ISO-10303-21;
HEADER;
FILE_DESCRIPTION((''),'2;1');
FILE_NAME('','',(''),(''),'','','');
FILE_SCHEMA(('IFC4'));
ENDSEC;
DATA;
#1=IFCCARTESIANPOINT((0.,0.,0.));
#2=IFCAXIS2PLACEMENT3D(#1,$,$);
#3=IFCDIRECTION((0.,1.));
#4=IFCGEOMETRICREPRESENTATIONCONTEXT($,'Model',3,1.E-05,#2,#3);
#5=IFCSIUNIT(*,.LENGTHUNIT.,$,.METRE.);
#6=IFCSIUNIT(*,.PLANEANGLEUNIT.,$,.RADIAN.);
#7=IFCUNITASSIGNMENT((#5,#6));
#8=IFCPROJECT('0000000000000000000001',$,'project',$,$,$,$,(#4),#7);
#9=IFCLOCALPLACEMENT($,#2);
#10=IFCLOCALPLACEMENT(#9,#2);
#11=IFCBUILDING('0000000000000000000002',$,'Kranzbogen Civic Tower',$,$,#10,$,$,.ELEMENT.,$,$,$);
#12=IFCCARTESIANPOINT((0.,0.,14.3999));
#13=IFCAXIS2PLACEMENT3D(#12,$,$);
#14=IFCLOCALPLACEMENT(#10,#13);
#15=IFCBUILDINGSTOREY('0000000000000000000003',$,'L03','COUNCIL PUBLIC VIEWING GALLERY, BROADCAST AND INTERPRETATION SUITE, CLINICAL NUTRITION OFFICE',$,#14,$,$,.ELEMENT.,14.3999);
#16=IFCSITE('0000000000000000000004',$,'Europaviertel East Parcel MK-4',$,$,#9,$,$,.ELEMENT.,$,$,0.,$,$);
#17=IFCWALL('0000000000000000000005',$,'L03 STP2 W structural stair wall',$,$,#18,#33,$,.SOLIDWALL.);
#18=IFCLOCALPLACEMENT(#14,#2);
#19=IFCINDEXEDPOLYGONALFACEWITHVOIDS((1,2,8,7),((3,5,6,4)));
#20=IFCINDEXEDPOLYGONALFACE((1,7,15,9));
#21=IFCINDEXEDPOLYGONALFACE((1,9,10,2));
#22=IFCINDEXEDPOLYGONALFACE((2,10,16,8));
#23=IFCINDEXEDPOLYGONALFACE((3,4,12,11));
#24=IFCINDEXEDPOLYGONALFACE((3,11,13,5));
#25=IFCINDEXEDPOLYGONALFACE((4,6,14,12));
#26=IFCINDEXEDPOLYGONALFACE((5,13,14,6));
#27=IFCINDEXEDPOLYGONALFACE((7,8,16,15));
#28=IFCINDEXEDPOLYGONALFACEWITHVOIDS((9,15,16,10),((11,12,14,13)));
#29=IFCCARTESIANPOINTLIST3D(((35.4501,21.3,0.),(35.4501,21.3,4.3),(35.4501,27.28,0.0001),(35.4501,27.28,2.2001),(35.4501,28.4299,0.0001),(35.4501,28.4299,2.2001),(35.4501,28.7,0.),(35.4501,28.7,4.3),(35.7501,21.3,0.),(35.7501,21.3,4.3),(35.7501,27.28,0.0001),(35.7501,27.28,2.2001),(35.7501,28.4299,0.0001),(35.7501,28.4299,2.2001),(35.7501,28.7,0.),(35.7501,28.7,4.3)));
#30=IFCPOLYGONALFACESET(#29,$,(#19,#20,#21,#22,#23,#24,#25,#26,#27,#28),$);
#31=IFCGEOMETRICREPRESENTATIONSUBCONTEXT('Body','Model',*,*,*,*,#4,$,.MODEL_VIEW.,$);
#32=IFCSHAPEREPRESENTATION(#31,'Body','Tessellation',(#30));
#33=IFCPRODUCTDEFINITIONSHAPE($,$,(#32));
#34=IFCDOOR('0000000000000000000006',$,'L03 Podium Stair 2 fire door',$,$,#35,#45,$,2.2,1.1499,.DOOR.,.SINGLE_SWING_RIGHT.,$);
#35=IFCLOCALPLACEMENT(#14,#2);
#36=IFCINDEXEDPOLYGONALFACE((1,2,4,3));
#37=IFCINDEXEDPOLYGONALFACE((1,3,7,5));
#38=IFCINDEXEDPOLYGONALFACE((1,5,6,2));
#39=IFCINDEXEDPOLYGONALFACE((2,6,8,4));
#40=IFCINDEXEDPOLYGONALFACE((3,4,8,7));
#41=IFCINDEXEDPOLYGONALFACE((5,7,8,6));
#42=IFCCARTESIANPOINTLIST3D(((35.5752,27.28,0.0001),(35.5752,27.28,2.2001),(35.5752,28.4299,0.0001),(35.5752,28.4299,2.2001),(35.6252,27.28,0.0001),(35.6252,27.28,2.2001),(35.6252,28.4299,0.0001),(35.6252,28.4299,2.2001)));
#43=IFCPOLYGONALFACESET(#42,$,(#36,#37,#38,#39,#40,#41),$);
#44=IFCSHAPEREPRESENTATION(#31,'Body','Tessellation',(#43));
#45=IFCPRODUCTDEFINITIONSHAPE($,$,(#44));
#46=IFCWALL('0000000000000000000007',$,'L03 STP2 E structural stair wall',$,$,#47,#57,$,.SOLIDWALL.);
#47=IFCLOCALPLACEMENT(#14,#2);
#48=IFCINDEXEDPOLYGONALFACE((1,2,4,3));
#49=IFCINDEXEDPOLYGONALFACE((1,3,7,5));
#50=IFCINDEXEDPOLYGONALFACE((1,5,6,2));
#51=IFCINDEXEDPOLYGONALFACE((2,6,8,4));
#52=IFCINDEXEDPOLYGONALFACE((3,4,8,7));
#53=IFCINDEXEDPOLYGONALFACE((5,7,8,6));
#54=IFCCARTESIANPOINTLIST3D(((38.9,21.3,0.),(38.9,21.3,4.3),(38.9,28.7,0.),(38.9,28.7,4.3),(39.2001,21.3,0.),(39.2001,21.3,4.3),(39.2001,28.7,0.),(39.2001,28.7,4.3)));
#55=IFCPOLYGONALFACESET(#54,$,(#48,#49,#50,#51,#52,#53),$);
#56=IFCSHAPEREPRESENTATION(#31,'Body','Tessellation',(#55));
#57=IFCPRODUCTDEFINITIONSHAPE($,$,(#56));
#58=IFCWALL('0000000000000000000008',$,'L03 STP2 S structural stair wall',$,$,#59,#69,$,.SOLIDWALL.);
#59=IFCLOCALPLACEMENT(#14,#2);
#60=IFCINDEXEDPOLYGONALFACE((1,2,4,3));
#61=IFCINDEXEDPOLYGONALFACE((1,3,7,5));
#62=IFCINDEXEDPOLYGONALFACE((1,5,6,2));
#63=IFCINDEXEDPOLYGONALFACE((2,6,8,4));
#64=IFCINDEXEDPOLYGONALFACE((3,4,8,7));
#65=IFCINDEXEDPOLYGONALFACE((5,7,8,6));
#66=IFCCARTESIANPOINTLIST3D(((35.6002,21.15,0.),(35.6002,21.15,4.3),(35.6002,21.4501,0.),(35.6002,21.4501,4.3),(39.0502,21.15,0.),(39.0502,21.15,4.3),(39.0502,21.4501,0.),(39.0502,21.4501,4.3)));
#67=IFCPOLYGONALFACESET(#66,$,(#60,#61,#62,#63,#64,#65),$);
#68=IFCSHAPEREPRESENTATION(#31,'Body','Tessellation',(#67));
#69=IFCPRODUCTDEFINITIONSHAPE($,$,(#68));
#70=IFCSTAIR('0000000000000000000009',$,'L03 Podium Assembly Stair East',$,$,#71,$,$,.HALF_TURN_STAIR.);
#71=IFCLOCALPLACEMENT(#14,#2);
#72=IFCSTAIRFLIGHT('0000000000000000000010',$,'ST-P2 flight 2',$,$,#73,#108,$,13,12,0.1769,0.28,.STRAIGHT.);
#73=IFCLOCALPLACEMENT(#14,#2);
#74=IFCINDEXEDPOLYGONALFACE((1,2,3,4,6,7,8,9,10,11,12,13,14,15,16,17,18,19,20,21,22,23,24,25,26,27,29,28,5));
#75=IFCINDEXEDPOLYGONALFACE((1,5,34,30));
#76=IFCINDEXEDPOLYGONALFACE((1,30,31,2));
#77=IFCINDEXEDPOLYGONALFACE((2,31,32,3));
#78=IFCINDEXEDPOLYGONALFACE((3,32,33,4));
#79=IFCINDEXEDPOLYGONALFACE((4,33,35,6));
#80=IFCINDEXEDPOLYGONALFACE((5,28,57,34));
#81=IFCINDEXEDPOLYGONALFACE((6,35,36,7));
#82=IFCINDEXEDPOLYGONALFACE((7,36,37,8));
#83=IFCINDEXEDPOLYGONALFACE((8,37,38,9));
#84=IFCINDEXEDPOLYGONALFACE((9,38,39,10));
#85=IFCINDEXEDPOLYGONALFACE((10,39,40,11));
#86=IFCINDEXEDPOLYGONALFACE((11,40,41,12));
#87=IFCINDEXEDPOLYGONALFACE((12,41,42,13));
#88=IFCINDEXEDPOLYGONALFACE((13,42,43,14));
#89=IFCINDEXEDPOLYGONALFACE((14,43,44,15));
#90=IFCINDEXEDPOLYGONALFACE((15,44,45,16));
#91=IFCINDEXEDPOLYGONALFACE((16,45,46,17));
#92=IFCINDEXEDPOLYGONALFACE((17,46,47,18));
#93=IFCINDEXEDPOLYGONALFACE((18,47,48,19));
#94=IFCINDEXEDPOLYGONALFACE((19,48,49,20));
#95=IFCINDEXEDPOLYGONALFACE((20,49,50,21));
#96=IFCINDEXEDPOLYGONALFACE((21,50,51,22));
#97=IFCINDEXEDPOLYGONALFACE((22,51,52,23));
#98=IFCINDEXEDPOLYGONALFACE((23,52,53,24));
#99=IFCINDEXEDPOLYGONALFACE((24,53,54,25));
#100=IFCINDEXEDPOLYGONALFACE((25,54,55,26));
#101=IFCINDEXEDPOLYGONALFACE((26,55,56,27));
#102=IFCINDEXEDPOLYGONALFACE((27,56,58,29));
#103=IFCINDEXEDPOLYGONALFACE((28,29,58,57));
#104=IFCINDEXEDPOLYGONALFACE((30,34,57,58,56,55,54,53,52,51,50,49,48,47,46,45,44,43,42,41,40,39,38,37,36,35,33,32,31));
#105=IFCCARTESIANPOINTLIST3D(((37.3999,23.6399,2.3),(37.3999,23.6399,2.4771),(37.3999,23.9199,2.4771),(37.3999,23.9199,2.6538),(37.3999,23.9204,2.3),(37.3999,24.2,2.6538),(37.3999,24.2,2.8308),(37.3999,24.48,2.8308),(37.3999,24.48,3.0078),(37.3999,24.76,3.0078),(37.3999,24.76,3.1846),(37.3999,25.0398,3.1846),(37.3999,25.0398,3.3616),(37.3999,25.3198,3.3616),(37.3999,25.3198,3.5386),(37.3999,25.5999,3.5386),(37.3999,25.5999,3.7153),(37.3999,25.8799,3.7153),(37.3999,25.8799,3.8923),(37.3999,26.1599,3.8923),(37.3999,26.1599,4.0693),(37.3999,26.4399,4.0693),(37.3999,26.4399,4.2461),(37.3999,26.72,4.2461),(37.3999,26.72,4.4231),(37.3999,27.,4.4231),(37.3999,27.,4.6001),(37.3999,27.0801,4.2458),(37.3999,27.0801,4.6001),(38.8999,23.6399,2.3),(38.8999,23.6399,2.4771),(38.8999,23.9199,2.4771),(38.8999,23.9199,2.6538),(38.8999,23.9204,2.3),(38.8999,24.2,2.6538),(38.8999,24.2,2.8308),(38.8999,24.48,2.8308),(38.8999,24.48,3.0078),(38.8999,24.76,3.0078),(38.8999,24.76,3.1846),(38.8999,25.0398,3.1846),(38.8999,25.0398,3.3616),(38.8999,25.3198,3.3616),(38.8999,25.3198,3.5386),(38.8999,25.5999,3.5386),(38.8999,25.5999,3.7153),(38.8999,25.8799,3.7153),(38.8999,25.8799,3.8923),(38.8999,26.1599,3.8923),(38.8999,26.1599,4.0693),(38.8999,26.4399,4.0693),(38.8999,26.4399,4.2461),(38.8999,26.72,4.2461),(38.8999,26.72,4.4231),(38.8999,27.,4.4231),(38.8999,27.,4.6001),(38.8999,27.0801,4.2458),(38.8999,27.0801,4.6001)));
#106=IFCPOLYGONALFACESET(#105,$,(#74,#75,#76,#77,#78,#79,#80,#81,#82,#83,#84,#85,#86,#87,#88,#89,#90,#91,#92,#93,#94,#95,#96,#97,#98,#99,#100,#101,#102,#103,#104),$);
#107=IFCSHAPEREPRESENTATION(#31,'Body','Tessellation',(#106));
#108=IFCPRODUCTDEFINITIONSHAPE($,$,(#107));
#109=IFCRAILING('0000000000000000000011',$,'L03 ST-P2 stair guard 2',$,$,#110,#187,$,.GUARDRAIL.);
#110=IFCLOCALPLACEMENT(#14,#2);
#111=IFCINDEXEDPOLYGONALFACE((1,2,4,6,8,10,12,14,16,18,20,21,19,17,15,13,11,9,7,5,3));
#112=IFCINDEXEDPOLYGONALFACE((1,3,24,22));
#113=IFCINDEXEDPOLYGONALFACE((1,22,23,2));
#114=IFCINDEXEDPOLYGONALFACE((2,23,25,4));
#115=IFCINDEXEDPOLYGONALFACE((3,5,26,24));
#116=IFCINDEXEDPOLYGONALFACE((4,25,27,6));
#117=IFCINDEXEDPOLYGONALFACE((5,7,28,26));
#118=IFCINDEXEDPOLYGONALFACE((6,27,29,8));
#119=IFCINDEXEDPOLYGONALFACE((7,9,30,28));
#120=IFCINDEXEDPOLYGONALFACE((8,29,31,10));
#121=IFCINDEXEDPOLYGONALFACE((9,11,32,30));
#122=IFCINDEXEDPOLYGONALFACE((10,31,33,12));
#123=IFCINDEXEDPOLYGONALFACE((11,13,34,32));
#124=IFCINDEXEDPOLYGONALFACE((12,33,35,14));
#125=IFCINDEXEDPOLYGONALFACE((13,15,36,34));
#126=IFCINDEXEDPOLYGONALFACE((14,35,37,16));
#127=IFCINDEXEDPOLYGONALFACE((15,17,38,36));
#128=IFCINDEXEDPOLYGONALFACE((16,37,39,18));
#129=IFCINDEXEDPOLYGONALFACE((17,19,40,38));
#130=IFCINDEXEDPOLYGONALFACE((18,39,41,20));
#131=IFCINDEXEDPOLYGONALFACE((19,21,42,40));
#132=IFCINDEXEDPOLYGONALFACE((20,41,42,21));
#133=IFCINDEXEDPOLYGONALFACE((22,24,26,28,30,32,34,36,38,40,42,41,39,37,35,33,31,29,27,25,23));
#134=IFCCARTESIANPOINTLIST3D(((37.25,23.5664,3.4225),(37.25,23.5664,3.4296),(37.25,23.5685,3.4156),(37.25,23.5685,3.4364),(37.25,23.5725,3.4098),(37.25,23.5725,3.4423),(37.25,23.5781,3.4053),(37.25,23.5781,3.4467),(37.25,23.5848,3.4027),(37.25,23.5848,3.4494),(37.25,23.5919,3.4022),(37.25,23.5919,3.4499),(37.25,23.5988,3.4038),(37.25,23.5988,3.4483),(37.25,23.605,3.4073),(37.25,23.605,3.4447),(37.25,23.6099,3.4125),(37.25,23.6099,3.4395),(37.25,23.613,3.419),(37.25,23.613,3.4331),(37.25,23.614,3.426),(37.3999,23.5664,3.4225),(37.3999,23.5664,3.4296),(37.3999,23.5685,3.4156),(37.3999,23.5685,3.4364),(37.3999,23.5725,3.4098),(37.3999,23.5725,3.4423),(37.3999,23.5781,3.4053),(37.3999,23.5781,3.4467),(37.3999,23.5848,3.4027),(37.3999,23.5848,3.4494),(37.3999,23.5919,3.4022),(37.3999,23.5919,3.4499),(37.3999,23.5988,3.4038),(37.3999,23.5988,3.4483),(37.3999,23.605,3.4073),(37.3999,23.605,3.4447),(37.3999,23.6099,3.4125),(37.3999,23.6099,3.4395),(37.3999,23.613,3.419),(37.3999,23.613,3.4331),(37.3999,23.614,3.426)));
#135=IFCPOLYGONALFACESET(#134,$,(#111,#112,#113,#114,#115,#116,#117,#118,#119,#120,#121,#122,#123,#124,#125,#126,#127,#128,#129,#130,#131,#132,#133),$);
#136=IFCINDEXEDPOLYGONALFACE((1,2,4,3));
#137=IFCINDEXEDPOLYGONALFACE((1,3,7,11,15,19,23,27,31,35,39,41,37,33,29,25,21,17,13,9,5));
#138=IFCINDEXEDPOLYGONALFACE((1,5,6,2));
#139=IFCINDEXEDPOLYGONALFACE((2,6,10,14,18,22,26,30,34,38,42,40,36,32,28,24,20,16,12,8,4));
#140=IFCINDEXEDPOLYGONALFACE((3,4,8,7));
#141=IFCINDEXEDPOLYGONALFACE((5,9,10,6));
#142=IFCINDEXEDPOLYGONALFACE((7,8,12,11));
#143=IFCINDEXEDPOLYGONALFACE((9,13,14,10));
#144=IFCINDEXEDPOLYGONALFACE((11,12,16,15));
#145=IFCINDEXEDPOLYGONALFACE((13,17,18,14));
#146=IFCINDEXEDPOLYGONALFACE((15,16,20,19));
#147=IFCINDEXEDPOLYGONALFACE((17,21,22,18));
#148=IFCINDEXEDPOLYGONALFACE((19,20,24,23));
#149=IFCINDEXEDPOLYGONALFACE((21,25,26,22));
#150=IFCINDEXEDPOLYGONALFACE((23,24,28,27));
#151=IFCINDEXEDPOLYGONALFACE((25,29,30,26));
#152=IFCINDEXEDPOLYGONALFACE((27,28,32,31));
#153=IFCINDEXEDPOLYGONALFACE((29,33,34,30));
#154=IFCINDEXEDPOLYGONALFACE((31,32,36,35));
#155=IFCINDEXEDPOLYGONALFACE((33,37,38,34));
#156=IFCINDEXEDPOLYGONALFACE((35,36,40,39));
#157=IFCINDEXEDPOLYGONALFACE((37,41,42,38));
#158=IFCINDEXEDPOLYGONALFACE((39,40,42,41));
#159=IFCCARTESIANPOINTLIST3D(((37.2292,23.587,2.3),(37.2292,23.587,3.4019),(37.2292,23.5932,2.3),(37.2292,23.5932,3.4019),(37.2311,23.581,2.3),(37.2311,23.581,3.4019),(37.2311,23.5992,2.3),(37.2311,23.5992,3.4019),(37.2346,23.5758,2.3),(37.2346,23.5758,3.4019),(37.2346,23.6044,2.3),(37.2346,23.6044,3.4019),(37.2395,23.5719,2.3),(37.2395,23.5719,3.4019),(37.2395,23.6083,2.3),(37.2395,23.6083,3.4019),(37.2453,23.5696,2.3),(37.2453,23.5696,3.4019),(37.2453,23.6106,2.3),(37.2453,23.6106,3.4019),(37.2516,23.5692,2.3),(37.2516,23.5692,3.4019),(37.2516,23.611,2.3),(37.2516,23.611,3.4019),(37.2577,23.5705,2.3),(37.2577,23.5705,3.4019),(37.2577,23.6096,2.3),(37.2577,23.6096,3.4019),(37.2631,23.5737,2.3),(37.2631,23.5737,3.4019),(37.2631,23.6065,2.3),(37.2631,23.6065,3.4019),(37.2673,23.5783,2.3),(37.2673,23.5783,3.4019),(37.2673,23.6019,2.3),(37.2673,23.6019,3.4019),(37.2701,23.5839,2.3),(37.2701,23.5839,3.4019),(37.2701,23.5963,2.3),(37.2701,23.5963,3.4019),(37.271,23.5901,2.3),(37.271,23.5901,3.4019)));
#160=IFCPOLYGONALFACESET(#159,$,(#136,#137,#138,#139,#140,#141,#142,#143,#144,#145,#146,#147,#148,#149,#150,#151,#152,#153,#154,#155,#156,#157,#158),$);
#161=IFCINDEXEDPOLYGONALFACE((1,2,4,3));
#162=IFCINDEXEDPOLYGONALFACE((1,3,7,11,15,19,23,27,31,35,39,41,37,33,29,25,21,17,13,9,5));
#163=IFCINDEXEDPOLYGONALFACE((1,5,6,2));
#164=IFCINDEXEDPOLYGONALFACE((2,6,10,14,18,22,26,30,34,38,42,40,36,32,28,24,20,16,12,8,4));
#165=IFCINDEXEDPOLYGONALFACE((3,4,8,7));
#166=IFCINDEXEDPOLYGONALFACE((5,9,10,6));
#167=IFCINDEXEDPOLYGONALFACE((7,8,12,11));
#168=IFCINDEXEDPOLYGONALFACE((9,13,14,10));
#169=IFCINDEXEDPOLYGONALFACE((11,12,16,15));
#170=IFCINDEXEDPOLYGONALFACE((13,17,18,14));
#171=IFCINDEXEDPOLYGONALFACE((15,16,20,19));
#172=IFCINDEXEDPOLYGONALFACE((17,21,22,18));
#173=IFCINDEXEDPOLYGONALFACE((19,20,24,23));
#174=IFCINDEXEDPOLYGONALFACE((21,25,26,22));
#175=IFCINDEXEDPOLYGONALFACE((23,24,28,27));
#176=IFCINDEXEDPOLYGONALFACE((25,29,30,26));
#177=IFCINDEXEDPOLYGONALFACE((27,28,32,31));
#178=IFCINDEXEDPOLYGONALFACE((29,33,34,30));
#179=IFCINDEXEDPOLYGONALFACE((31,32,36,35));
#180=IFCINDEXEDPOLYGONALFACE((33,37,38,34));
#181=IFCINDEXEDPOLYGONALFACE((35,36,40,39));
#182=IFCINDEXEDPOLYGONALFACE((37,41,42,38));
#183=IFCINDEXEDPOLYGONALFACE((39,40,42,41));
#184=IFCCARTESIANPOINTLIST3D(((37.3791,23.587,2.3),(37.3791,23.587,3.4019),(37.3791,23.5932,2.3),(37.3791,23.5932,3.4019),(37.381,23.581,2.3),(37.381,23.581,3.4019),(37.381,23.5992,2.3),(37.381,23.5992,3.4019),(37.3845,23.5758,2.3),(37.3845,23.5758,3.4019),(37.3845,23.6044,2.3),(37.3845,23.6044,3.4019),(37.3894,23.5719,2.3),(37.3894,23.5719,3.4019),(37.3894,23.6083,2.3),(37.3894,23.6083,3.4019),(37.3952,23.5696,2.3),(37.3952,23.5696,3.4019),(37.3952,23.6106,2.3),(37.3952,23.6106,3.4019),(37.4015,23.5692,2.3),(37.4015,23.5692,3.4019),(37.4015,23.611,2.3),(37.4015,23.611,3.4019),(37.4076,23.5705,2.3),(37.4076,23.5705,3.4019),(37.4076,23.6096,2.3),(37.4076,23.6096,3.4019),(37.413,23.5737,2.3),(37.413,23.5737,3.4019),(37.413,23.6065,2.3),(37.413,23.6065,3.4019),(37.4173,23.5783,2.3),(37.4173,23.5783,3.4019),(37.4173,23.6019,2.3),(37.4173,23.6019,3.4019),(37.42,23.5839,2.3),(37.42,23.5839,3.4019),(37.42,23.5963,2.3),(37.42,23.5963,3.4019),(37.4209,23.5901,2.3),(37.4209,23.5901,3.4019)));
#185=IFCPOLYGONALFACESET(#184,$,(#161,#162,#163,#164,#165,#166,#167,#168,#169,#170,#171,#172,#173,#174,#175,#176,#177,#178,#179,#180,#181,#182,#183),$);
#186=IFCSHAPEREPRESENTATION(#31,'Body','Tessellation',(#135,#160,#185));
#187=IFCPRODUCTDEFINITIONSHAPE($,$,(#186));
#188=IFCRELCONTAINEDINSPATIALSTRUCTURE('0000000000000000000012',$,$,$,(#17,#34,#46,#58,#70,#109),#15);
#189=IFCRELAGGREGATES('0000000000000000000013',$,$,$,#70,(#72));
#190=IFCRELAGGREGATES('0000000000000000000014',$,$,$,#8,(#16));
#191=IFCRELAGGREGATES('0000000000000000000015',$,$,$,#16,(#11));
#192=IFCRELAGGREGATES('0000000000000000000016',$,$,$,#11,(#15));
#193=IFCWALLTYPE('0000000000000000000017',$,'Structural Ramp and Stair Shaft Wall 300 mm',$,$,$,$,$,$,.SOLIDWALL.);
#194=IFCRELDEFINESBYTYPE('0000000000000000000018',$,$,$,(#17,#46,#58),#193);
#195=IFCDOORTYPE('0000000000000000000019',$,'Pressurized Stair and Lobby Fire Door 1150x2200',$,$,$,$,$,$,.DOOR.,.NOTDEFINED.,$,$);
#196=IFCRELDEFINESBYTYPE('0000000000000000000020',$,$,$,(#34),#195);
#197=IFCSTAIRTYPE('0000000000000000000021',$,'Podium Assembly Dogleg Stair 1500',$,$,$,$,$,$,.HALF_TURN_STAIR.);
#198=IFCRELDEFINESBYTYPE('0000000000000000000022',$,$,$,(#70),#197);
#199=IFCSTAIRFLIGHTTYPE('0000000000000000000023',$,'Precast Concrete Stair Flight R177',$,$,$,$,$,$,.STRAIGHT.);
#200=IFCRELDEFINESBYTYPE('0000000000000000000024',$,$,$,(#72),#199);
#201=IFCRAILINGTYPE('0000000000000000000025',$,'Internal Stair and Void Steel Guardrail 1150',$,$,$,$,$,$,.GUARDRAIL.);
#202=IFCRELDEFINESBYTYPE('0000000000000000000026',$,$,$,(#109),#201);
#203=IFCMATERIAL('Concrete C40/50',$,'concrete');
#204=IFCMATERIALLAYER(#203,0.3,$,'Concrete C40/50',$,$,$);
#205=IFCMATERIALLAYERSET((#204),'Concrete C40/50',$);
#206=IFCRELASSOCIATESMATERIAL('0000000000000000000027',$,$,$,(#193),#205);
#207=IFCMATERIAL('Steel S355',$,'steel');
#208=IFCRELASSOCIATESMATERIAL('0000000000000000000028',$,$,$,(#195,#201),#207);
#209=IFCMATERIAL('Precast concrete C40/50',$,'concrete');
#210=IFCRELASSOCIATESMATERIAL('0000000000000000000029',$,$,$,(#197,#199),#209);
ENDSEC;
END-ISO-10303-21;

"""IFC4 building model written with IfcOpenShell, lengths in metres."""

from ifc_helpers import new_model, si_unit, direction, frame, frame_2d, origin, origin_2d, place, context, subcontext, project, spatial, polyline, rectangle, circle, outline, extrude, material, layer, layer_set, type_object, element, fill, aggregate, save


model = new_model("IFC4")

# Units and contexts
model_context = context("Model", 3, precision=1e-05, world=origin(), true_north=direction((0.0, 1.0)))
body_context = subcontext(model_context, "Body", "Model", "MODEL_VIEW")
ifc_project = project(units=[si_unit("LENGTHUNIT", "METRE"), si_unit("PLANEANGLEUNIT", "RADIAN")], contexts=[model_context])

# Site, building, storey
site_placement = place(None, origin())
site = spatial("IfcSite", under=ifc_project, at=site_placement, Name="Europaviertel East Parcel MK-4", CompositionType="ELEMENT", RefElevation=0.0)
building_placement = place(site_placement, origin())
building = spatial("IfcBuilding", under=site, at=building_placement, Name="Kranzbogen Civic Tower", CompositionType="ELEMENT")
storey_placement = place(building_placement, frame((0.0, 0.0, 14.3999)))
storey = spatial("IfcBuildingStorey", under=building, at=storey_placement, Name="L03", Description="COUNCIL PUBLIC VIEWING GALLERY, BROADCAST AND INTERPRETATION SUITE, CLINICAL NUTRITION OFFICE", CompositionType="ELEMENT", Elevation=14.3999)

# Shared definitions
ifc_material_1 = material(Name="Concrete C40/50", Category="concrete")

# Shared definitions
ifc_material_2 = material(Name="Steel S355", Category="steel")

# Shared definitions
ifc_layer_1 = layer(ifc_material_1, 0.3, Name="Concrete C40/50")
ifc_layer_set_1 = layer_set([ifc_layer_1], Name="Concrete C40/50")
wall_type_1 = type_object("IfcWallType", Name="Structural Ramp and Stair Shaft Wall 300 mm", PredefinedType="SOLIDWALL", material=ifc_layer_set_1)

# Wall, opening, door
wall_1_placement = place(storey_placement, frame((35.6001, 21.3, 0.0), z_axis=(0.0, 0.0, 1.0), x_axis=(0.0, 1.0, 0.0)))
wall_1 = element("IfcWall", 1, at=wall_1_placement, inside=storey, type_object=wall_type_1, Name="L03 STP2 W structural stair wall", PredefinedType="SOLIDWALL", context=body_context, shape_type="SweptSolid", body=[
    extrude(rectangle(XDim=7.3999, YDim=0.3, at=frame_2d((3.7, 0.0))), origin(), (0.0, 0.0, 1.0), 4.3),
])
opening_1_placement = place(wall_1_placement, frame((5.98, 0.0, 0.0)))
opening_1 = element("IfcOpeningElement", 2, at=opening_1_placement, cuts=wall_1, PredefinedType="OPENING", context=body_context, shape_type="SweptSolid", body=[
    extrude(rectangle(XDim=1.1499, YDim=2.2, at=frame_2d((0.575, 1.1001))), frame((0.0, 0.1602, 0.0), z_axis=(0.0, -1.0, 0.0), x_axis=(1.0, 0.0, 0.0)), (0.0, 0.0, 1.0), 0.3201),
])
door_type_1 = type_object("IfcDoorType", Name="Pressurized Stair and Lobby Fire Door 1150x2200", OperationType="NOTDEFINED", PredefinedType="DOOR", material=ifc_material_2)
door_1_placement = place(opening_1_placement, origin())
door_1 = element("IfcDoor", 3, at=door_1_placement, inside=storey, type_object=door_type_1, Name="L03 Podium Stair 2 fire door", OperationType="SINGLE_SWING_RIGHT", OverallHeight=2.2, OverallWidth=1.1499, PredefinedType="DOOR", context=body_context, shape_type="SweptSolid", body=[
    extrude(rectangle(XDim=1.1499, YDim=2.2, at=frame_2d((0.575, 1.1001))), frame((0.0, 0.0249, 0.0), z_axis=(0.0, -1.0, 0.0), x_axis=(1.0, 0.0, 0.0)), (0.0, 0.0, 1.0), 0.05),
])
fill(opening_1, door_1)

# Walls
wall_2_placement = place(storey_placement, frame((39.05, 21.3, 0.0), z_axis=(0.0, 0.0, 1.0), x_axis=(0.0, 1.0, 0.0)))
element("IfcWall", 4, at=wall_2_placement, inside=storey, type_object=wall_type_1, Name="L03 STP2 E structural stair wall", PredefinedType="SOLIDWALL", context=body_context, shape_type="SweptSolid", body=[
    extrude(rectangle(XDim=7.3999, YDim=0.3, at=frame_2d((3.7, 0.0))), origin(), (0.0, 0.0, 1.0), 4.3),
])
wall_3_placement = place(storey_placement, frame((35.6001, 21.3, 0.0), z_axis=(0.0, 0.0, 1.0), x_axis=(1.0, 0.0, 0.0)))
element("IfcWall", 5, at=wall_3_placement, inside=storey, type_object=wall_type_1, Name="L03 STP2 S structural stair wall", PredefinedType="SOLIDWALL", context=body_context, shape_type="SweptSolid", body=[
    extrude(rectangle(XDim=3.45, YDim=0.3, at=frame_2d((1.7251, 0.0))), origin(), (0.0, 0.0, 1.0), 4.3),
])

# Stair, stair flight
ifc_material_3 = material(Name="Precast concrete C40/50", Category="concrete")
stair_type = type_object("IfcStairType", Name="Podium Assembly Dogleg Stair 1500", PredefinedType="HALF_TURN_STAIR", material=ifc_material_3)
stair_placement = place(storey_placement, origin())
stair = element("IfcStair", 6, at=stair_placement, inside=storey, type_object=stair_type, Name="L03 Podium Assembly Stair East", PredefinedType="HALF_TURN_STAIR")
stair_flight_type = type_object("IfcStairFlightType", Name="Precast Concrete Stair Flight R177", PredefinedType="STRAIGHT", material=ifc_material_3)
stair_flight_placement = place(storey_placement, frame((38.1499, 23.6399, 2.3), z_axis=(0.0, 0.0, 1.0), x_axis=(0.0, 1.0, 0.0)))
stair_flight = element("IfcStairFlight", 7, at=stair_flight_placement, type_object=stair_flight_type, Name="ST-P2 flight 2", NumberOfRisers=13, NumberOfTreads=12, PredefinedType="STRAIGHT", RiserHeight=0.1769, TreadLength=0.28, context=body_context, shape_type="SweptSolid", body=[
    extrude(outline(polyline([(0.0, 0.0), (0.0, 0.177), (0.28, 0.177), (0.28, 0.3538), (0.5601, 0.3538), (0.5601, 0.5308), (0.8401, 0.5308), (0.8401, 0.7078), (1.1201, 0.7078), (1.1201, 0.8845), (1.3999, 0.8845), (1.3999, 1.0615), (1.6799, 1.0615), (1.6799, 1.2385), (1.96, 1.2385), (1.96, 1.4153), (2.24, 1.4153), (2.24, 1.5923), (2.52, 1.5923), (2.52, 1.7693), (2.8, 1.7693), (2.8, 1.946), (3.0801, 1.946), (3.0801, 2.123), (3.3601, 2.123), (3.3601, 2.3), (3.4402, 2.3), (3.4402, 1.9458), (0.2805, 0.0), (0.0, 0.0)])), frame((0.0, 0.75, 0.0), z_axis=(0.0, -1.0, 0.0), x_axis=(1.0, 0.0, 0.0)), (0.0, 0.0, 1.0), 1.5),
])
aggregate(stair, [stair_flight])

# Railing
railing_type_1 = type_object("IfcRailingType", Name="Internal Stair and Void Steel Guardrail 1150", PredefinedType="GUARDRAIL", material=ifc_material_2)
railing_1_placement = place(storey_placement, frame((37.25, 23.5901, 2.3)))
element("IfcRailing", 8, at=railing_1_placement, inside=storey, type_object=railing_type_1, Name="L03 ST-P2 stair guard 2", PredefinedType="GUARDRAIL", context=body_context, shape_type="SweptSolid", body=[
    extrude(circle(Radius=0.0239, at=origin_2d()), frame((0.0, 0.0, 1.126), z_axis=(1.0, 0.0, 0.0), x_axis=(0.0, 1.0, 0.0)), (0.0, 0.0, 1.0), 0.1499),
    extrude(circle(Radius=0.021, at=origin_2d()), origin(), (0.0, 0.0, 1.0), 1.1018),
    extrude(circle(Radius=0.021, at=origin_2d()), frame((0.1499, 0.0, 0.0)), (0.0, 0.0, 1.0), 1.1018),
])

save(model, "model.ifc")
